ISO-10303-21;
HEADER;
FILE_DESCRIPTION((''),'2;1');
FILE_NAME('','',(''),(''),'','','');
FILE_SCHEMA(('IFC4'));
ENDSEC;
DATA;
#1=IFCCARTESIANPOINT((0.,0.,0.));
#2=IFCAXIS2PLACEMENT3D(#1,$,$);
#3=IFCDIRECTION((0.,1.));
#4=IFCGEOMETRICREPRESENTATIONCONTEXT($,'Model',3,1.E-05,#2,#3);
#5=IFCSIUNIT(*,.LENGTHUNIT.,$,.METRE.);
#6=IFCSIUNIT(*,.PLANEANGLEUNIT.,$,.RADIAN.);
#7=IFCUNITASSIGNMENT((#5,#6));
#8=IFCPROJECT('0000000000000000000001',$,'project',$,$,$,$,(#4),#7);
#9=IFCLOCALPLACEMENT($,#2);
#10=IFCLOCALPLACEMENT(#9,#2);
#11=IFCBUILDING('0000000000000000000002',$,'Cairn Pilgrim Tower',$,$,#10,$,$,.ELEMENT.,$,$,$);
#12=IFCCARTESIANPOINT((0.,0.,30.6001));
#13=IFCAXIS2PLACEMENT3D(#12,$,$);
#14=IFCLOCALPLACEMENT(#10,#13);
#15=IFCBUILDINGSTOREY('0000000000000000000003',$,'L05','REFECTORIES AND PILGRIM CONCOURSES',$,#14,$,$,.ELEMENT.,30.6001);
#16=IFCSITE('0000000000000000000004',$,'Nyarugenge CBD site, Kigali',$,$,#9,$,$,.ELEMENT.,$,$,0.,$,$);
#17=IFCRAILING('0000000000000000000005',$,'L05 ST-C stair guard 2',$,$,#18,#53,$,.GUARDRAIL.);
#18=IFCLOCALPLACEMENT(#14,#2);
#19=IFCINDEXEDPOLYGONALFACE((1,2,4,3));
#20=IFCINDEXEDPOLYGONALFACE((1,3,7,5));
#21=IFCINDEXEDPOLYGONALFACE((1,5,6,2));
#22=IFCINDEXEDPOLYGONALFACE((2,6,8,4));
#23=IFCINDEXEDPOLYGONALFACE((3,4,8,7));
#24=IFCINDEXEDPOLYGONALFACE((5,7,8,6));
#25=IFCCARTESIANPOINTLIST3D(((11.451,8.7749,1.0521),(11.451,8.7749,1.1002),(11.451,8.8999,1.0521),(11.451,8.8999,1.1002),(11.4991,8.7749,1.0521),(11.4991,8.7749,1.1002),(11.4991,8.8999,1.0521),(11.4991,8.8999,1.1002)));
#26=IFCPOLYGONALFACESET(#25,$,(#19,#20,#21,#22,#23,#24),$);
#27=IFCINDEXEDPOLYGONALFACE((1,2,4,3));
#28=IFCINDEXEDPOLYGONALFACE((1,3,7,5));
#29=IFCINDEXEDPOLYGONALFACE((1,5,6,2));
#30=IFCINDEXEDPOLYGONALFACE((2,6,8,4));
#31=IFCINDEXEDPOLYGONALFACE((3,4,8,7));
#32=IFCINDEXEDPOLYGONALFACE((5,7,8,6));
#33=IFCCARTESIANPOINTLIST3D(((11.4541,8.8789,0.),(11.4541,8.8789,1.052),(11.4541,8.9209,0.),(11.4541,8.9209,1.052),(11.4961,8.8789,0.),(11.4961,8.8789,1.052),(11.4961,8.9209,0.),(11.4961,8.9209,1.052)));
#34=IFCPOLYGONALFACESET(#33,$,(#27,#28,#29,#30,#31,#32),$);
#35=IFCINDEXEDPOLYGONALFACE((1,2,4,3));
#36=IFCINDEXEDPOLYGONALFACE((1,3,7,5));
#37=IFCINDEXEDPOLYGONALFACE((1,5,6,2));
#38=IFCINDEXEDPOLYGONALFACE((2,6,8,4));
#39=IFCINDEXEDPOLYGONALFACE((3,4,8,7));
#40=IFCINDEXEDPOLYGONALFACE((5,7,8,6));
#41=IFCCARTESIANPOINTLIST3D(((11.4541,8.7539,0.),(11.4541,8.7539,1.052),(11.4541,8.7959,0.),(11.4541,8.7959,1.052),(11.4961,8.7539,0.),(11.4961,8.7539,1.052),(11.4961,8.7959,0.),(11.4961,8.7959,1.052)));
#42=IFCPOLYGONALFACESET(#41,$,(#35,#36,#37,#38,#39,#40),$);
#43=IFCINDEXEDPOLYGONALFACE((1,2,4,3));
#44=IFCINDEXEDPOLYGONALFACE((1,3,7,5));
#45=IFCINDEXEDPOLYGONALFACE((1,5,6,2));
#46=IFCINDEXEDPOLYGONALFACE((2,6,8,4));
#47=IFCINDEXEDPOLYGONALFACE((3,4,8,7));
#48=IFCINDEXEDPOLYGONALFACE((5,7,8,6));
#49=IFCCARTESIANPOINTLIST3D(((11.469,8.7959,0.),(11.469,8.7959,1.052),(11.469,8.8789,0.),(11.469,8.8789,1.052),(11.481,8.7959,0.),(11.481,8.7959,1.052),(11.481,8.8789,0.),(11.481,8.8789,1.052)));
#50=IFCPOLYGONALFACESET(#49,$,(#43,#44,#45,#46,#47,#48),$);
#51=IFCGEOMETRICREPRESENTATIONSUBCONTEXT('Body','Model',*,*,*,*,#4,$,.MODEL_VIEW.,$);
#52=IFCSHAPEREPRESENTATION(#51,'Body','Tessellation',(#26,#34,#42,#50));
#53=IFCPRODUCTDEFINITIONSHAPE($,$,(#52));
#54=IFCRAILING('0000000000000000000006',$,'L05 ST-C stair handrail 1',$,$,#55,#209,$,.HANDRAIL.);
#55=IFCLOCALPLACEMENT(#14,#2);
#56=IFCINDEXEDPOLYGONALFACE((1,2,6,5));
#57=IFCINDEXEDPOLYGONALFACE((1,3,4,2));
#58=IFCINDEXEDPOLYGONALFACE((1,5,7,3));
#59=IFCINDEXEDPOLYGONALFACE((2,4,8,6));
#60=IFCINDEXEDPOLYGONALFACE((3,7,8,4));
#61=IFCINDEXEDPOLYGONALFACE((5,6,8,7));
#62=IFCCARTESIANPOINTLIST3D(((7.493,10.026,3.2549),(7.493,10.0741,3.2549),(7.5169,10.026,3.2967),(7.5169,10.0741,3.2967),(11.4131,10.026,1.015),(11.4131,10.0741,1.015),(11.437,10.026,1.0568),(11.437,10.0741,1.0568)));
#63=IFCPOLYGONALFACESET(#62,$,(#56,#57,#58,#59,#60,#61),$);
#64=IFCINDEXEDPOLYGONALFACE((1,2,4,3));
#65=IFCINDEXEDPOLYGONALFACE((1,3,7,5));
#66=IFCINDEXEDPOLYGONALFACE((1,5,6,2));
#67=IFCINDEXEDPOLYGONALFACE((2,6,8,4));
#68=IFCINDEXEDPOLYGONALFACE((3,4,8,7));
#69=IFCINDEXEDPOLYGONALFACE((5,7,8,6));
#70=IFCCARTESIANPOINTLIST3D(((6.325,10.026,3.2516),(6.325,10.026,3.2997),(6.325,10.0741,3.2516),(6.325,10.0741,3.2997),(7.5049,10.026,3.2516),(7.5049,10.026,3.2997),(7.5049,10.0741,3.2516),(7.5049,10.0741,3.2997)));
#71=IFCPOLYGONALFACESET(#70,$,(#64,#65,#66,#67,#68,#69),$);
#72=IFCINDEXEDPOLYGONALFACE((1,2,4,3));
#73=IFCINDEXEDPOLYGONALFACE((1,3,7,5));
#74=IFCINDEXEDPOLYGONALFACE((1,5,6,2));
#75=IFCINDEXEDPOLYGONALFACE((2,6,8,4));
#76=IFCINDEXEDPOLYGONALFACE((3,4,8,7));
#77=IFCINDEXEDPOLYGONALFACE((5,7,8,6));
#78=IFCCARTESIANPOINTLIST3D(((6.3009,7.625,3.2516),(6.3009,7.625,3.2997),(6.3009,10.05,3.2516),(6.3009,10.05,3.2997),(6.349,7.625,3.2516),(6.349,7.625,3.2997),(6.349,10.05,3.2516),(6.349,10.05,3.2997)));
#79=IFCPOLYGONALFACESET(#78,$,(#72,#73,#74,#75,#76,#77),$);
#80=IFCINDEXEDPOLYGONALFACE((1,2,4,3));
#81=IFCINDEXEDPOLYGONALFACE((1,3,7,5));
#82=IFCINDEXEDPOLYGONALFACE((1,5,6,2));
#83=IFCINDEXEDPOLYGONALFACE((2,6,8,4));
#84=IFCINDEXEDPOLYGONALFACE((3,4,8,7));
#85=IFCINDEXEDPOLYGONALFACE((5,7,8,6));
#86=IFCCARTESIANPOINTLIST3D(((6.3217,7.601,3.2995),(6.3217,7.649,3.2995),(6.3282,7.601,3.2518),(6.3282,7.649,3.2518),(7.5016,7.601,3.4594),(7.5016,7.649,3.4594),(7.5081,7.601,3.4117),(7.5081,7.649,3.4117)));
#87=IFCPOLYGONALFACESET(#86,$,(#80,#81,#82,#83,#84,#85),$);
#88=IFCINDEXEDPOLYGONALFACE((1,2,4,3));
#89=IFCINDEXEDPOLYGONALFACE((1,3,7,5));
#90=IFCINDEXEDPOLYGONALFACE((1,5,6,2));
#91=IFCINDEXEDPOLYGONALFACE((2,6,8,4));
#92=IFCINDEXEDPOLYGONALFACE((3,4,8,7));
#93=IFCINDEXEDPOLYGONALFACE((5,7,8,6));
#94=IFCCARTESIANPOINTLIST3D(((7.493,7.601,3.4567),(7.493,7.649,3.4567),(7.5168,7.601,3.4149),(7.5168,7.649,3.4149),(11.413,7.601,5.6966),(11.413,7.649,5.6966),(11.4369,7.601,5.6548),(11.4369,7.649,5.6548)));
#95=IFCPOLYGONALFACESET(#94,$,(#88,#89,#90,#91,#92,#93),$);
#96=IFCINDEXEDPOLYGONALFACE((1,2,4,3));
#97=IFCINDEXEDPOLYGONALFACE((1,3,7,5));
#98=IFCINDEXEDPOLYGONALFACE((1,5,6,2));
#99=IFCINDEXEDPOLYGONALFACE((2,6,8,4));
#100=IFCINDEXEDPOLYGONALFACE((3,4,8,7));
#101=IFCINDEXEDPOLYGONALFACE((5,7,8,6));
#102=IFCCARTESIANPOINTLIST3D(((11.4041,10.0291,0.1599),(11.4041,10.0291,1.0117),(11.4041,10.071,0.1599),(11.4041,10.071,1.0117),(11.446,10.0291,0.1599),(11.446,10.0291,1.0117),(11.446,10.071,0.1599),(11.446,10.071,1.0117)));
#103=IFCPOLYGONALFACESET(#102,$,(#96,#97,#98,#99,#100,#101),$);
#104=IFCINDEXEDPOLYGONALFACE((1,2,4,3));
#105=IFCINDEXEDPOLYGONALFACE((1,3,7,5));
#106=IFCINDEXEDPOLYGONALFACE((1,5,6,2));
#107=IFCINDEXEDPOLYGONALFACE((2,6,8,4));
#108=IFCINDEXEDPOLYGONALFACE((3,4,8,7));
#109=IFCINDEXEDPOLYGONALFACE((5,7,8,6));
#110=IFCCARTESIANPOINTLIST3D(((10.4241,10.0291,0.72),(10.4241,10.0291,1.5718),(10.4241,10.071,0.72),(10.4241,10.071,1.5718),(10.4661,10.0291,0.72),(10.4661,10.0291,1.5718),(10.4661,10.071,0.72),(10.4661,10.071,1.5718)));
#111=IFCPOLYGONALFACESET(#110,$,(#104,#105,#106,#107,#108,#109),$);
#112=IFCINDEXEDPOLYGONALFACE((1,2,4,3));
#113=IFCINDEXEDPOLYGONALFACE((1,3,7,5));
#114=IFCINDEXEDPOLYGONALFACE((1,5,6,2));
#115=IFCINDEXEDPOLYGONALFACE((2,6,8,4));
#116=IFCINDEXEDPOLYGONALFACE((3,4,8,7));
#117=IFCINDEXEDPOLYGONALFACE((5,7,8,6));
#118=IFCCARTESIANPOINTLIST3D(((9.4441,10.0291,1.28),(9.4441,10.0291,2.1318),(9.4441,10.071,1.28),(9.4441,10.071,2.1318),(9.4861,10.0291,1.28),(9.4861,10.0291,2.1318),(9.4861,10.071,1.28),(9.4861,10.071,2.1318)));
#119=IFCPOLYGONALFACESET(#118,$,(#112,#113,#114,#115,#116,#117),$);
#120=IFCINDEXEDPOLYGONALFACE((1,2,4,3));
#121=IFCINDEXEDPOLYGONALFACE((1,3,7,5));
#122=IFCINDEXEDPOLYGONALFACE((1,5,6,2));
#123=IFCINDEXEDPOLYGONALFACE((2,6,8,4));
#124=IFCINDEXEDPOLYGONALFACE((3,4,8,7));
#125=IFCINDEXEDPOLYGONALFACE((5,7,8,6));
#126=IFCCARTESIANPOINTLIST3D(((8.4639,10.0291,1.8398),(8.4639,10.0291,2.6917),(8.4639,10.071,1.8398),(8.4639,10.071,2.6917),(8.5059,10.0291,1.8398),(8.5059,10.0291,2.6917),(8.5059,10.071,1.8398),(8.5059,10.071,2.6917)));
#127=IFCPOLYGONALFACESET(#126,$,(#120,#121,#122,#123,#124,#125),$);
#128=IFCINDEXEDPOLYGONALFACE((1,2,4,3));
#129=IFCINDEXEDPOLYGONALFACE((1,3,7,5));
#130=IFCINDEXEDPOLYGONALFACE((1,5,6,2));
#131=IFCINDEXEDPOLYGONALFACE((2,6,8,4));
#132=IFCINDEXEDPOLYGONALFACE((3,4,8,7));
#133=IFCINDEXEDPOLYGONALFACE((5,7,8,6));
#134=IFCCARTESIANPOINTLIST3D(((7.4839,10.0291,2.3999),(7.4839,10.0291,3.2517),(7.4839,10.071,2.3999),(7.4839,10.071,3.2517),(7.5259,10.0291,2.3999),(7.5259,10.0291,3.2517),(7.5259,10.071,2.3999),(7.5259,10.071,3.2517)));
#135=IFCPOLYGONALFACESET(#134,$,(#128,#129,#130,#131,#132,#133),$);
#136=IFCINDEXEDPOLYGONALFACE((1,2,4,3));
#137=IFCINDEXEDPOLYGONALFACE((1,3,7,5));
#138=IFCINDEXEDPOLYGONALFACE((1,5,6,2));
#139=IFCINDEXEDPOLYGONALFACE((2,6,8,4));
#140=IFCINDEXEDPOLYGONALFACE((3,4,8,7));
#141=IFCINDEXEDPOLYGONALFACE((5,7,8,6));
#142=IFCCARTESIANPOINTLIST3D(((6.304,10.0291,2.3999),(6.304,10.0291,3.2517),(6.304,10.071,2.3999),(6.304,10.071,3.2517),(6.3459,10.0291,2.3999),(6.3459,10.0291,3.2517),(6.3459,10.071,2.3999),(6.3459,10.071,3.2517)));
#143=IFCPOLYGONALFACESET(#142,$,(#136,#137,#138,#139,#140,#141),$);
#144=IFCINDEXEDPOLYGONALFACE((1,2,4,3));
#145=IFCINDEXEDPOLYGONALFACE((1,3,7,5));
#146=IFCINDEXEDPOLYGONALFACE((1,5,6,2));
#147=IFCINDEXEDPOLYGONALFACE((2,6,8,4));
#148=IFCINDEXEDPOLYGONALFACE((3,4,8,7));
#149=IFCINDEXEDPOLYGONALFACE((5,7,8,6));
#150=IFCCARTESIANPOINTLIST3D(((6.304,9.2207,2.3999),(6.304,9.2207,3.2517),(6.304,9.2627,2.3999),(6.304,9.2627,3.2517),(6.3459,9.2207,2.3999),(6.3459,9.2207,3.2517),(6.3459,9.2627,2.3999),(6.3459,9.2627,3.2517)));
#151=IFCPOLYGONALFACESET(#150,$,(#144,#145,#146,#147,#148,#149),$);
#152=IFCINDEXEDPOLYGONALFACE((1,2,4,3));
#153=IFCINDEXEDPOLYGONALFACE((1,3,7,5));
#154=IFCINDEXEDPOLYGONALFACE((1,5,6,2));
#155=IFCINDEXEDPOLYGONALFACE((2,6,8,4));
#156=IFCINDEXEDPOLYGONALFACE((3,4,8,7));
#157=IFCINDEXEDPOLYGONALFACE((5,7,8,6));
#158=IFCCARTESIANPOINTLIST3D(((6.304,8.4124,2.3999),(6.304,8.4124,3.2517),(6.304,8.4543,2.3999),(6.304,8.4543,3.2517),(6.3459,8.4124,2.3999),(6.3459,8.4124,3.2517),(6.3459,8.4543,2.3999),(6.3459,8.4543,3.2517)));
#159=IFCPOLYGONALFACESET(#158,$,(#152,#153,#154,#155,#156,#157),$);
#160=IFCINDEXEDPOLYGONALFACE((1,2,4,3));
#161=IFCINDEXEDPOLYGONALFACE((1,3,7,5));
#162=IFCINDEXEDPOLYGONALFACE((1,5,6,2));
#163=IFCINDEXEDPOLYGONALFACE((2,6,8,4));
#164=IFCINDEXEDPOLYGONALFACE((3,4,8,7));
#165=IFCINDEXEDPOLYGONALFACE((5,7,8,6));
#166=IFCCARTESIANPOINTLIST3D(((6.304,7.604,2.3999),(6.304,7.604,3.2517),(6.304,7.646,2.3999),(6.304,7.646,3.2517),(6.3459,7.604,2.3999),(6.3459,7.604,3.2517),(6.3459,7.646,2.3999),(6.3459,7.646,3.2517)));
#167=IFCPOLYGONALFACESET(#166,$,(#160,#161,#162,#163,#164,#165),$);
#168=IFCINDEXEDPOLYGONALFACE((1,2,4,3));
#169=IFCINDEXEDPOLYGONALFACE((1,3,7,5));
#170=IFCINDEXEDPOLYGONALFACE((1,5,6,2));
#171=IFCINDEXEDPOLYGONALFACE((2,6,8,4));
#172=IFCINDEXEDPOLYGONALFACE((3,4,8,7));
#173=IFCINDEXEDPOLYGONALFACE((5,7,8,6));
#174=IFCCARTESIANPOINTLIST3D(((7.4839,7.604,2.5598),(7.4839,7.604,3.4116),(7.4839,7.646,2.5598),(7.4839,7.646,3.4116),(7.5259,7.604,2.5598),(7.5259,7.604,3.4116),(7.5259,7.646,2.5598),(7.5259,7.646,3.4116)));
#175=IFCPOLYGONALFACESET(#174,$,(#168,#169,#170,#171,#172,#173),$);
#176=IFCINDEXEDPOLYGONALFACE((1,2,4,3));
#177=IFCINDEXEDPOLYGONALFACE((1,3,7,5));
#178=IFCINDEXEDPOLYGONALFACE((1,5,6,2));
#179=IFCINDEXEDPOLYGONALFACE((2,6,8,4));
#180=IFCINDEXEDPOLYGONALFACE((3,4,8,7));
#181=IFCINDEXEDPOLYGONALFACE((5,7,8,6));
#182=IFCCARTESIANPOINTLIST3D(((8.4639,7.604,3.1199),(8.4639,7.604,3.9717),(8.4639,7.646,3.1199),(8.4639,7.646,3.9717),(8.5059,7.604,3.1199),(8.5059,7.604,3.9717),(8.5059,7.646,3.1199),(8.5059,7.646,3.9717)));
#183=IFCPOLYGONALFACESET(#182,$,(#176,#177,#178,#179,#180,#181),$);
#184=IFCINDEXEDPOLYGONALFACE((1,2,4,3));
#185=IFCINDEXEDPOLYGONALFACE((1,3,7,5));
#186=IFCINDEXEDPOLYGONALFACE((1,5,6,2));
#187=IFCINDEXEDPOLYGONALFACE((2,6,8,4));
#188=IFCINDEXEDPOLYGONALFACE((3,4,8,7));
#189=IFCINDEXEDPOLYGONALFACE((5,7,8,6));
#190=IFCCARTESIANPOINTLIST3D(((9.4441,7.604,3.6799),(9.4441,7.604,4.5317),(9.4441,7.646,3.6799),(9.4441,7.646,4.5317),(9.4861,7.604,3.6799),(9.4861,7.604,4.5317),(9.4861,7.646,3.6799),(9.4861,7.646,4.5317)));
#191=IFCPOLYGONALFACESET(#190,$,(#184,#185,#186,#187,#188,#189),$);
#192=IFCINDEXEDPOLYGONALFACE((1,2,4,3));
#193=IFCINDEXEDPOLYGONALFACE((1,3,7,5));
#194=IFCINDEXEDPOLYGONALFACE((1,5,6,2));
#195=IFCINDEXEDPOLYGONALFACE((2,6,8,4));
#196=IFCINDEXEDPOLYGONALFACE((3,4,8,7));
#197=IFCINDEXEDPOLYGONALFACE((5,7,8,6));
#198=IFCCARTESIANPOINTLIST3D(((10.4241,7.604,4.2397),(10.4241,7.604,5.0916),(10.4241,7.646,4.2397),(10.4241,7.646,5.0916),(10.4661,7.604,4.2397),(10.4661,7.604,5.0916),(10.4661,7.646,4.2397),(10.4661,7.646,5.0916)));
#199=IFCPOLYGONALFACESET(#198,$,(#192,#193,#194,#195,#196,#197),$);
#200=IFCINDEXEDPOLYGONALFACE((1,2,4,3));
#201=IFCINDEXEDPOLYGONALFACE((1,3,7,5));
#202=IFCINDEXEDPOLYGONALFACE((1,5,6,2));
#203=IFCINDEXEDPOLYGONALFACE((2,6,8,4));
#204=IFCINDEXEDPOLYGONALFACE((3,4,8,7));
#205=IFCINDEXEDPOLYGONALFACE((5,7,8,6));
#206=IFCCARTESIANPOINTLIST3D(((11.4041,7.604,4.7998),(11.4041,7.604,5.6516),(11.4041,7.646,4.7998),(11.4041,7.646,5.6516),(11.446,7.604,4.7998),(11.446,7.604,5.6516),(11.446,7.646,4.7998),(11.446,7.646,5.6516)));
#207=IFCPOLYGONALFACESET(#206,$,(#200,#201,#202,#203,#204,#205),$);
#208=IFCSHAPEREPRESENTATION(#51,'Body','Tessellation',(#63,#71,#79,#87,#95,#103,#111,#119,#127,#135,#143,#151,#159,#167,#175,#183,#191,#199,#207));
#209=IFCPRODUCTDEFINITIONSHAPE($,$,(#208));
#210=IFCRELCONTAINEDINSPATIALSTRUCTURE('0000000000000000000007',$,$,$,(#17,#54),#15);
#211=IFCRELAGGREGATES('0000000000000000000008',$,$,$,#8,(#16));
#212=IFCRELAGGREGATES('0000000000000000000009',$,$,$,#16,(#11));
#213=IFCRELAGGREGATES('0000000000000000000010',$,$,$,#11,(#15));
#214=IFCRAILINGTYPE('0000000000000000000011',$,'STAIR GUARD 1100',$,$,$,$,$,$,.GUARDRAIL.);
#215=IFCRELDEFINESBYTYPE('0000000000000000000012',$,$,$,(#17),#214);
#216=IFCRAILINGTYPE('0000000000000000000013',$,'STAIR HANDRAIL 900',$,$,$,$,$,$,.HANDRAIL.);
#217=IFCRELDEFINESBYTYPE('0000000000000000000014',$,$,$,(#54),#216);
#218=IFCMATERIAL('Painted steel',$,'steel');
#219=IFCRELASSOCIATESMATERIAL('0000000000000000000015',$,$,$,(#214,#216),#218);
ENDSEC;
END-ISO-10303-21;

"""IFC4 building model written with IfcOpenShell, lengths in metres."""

from ifc_helpers import new_model, si_unit, direction, frame, origin, origin_2d, place, context, subcontext, project, spatial, polyline, rectangle, outline, extrude, material, type_object, element, save


model = new_model("IFC4")

# Units and contexts
model_context = context("Model", 3, precision=1e-05, world=origin(), true_north=direction((0.0, 1.0)))
body_context = subcontext(model_context, "Body", "Model", "MODEL_VIEW")
ifc_project = project(units=[si_unit("LENGTHUNIT", "METRE"), si_unit("PLANEANGLEUNIT", "RADIAN")], contexts=[model_context])

# Site, building, storey
site_placement = place(None, origin())
site = spatial("IfcSite", under=ifc_project, at=site_placement, Name="Nyarugenge CBD site, Kigali", CompositionType="ELEMENT", RefElevation=0.0)
building_placement = place(site_placement, origin())
building = spatial("IfcBuilding", under=site, at=building_placement, Name="Cairn Pilgrim Tower", CompositionType="ELEMENT")
storey_placement = place(building_placement, frame((0.0, 0.0, 30.6001)))
storey = spatial("IfcBuildingStorey", under=building, at=storey_placement, Name="L05", Description="REFECTORIES AND PILGRIM CONCOURSES", CompositionType="ELEMENT", Elevation=30.6001)

# Shared definitions
ifc_material_1 = material(Name="Painted steel", Category="steel")

# Railings
railing_type_1 = type_object("IfcRailingType", Name="STAIR GUARD 1100", PredefinedType="GUARDRAIL", material=ifc_material_1)
railing_1_placement = place(storey_placement, frame((11.4751, 8.8999, 0.0)))
element("IfcRailing", 1, at=railing_1_placement, inside=storey, type_object=railing_type_1, Name="L05 ST-C stair guard 2", PredefinedType="GUARDRAIL", context=body_context, shape_type="SweptSolid", body=[
    extrude(rectangle(XDim=0.0481, YDim=0.0481, at=origin_2d()), frame((0.0, 0.0, 1.0762), z_axis=(0.0, -1.0, 0.0), x_axis=(1.0, 0.0, 0.0)), (0.0, 0.0, 1.0), 0.125),
    extrude(rectangle(XDim=0.042, YDim=0.042, at=origin_2d()), origin(), (0.0, 0.0, 1.0), 1.052),
    extrude(rectangle(XDim=0.042, YDim=0.042, at=origin_2d()), frame((0.0, -0.125, 0.0)), (0.0, 0.0, 1.0), 1.052),
    extrude(outline(polyline([(0.021, 0.0), (0.104, 0.0), (0.104, 1.052), (0.021, 1.052), (0.021, 0.0)])), frame((0.0059, 0.0, 0.0), z_axis=(-1.0, 0.0, 0.0), x_axis=(0.0, -1.0, 0.0)), (0.0, 0.0, 1.0), 0.012),
])
railing_type_2 = type_object("IfcRailingType", Name="STAIR HANDRAIL 900", PredefinedType="HANDRAIL", material=ifc_material_1)
railing_2_placement = place(storey_placement, frame((11.425, 10.05, 0.1599)))
element("IfcRailing", 2, at=railing_2_placement, inside=storey, type_object=railing_type_2, Name="L05 ST-C stair handrail 1", PredefinedType="HANDRAIL", context=body_context, shape_type="SweptSolid", body=[
    extrude(rectangle(XDim=0.0481, YDim=0.0481, at=origin_2d()), frame((0.0, 0.0, 0.876), z_axis=(-0.868253, 0.0, 0.496121), x_axis=(0.0, -1.0, 0.0)), (0.0, 0.0, 1.0), 4.5149),
    extrude(rectangle(XDim=0.0481, YDim=0.0481, at=origin_2d()), frame((-3.9202, 0.0, 3.1157), z_axis=(-1.0, 0.0, 0.0), x_axis=(0.0, -1.0, 0.0)), (0.0, 0.0, 1.0), 1.1799),
    extrude(rectangle(XDim=0.0481, YDim=0.0481, at=origin_2d()), frame((-5.1001, 0.0, 3.1157), z_axis=(0.0, -1.0, 0.0), x_axis=(1.0, 0.0, 0.0)), (0.0, 0.0, 1.0), 2.425),
    extrude(rectangle(XDim=0.0481, YDim=0.0481, at=origin_2d()), frame((-5.1001, -2.425, 3.1157), z_axis=(0.990941, 0.0, 0.134299), x_axis=(0.0, 1.0, 0.0)), (0.0, 0.0, 1.0), 1.1907),
    extrude(rectangle(XDim=0.0481, YDim=0.0481, at=origin_2d()), frame((-3.9202, -2.425, 3.2759), z_axis=(0.868253, 0.0, 0.496121), x_axis=(0.0, 1.0, 0.0)), (0.0, 0.0, 1.0), 4.5149),
    extrude(rectangle(XDim=0.042, YDim=0.042, at=origin_2d()), origin(), (0.0, 0.0, 1.0), 0.8518),
    extrude(rectangle(XDim=0.042, YDim=0.042, at=origin_2d()), frame((-0.98, 0.0, 0.5601)), (0.0, 0.0, 1.0), 0.8518),
    extrude(rectangle(XDim=0.042, YDim=0.042, at=origin_2d()), frame((-1.96, 0.0, 1.1201)), (0.0, 0.0, 1.0), 0.8518),
    extrude(rectangle(XDim=0.042, YDim=0.042, at=origin_2d()), frame((-2.9402, 0.0, 1.6799)), (0.0, 0.0, 1.0), 0.8518),
    extrude(rectangle(XDim=0.042, YDim=0.042, at=origin_2d()), frame((-3.9202, 0.0, 2.24)), (0.0, 0.0, 1.0), 0.8518),
    extrude(rectangle(XDim=0.042, YDim=0.042, at=origin_2d()), frame((-5.1001, 0.0, 2.24)), (0.0, 0.0, 1.0), 0.8518),
    extrude(rectangle(XDim=0.042, YDim=0.042, at=origin_2d()), frame((-5.1001, -0.8083, 2.24)), (0.0, 0.0, 1.0), 0.8518),
    extrude(rectangle(XDim=0.042, YDim=0.042, at=origin_2d()), frame((-5.1001, -1.6167, 2.24)), (0.0, 0.0, 1.0), 0.8518),
    extrude(rectangle(XDim=0.042, YDim=0.042, at=origin_2d()), frame((-5.1001, -2.425, 2.24)), (0.0, 0.0, 1.0), 0.8518),
    extrude(rectangle(XDim=0.042, YDim=0.042, at=origin_2d()), frame((-3.9202, -2.425, 2.3999)), (0.0, 0.0, 1.0), 0.8518),
    extrude(rectangle(XDim=0.042, YDim=0.042, at=origin_2d()), frame((-2.9402, -2.425, 2.96)), (0.0, 0.0, 1.0), 0.8518),
    extrude(rectangle(XDim=0.042, YDim=0.042, at=origin_2d()), frame((-1.96, -2.425, 3.52)), (0.0, 0.0, 1.0), 0.8518),
    extrude(rectangle(XDim=0.042, YDim=0.042, at=origin_2d()), frame((-0.98, -2.425, 4.0798)), (0.0, 0.0, 1.0), 0.8518),
    extrude(rectangle(XDim=0.042, YDim=0.042, at=origin_2d()), frame((0.0, -2.425, 4.6399)), (0.0, 0.0, 1.0), 0.8518),
])

save(model, "model.ifc")
